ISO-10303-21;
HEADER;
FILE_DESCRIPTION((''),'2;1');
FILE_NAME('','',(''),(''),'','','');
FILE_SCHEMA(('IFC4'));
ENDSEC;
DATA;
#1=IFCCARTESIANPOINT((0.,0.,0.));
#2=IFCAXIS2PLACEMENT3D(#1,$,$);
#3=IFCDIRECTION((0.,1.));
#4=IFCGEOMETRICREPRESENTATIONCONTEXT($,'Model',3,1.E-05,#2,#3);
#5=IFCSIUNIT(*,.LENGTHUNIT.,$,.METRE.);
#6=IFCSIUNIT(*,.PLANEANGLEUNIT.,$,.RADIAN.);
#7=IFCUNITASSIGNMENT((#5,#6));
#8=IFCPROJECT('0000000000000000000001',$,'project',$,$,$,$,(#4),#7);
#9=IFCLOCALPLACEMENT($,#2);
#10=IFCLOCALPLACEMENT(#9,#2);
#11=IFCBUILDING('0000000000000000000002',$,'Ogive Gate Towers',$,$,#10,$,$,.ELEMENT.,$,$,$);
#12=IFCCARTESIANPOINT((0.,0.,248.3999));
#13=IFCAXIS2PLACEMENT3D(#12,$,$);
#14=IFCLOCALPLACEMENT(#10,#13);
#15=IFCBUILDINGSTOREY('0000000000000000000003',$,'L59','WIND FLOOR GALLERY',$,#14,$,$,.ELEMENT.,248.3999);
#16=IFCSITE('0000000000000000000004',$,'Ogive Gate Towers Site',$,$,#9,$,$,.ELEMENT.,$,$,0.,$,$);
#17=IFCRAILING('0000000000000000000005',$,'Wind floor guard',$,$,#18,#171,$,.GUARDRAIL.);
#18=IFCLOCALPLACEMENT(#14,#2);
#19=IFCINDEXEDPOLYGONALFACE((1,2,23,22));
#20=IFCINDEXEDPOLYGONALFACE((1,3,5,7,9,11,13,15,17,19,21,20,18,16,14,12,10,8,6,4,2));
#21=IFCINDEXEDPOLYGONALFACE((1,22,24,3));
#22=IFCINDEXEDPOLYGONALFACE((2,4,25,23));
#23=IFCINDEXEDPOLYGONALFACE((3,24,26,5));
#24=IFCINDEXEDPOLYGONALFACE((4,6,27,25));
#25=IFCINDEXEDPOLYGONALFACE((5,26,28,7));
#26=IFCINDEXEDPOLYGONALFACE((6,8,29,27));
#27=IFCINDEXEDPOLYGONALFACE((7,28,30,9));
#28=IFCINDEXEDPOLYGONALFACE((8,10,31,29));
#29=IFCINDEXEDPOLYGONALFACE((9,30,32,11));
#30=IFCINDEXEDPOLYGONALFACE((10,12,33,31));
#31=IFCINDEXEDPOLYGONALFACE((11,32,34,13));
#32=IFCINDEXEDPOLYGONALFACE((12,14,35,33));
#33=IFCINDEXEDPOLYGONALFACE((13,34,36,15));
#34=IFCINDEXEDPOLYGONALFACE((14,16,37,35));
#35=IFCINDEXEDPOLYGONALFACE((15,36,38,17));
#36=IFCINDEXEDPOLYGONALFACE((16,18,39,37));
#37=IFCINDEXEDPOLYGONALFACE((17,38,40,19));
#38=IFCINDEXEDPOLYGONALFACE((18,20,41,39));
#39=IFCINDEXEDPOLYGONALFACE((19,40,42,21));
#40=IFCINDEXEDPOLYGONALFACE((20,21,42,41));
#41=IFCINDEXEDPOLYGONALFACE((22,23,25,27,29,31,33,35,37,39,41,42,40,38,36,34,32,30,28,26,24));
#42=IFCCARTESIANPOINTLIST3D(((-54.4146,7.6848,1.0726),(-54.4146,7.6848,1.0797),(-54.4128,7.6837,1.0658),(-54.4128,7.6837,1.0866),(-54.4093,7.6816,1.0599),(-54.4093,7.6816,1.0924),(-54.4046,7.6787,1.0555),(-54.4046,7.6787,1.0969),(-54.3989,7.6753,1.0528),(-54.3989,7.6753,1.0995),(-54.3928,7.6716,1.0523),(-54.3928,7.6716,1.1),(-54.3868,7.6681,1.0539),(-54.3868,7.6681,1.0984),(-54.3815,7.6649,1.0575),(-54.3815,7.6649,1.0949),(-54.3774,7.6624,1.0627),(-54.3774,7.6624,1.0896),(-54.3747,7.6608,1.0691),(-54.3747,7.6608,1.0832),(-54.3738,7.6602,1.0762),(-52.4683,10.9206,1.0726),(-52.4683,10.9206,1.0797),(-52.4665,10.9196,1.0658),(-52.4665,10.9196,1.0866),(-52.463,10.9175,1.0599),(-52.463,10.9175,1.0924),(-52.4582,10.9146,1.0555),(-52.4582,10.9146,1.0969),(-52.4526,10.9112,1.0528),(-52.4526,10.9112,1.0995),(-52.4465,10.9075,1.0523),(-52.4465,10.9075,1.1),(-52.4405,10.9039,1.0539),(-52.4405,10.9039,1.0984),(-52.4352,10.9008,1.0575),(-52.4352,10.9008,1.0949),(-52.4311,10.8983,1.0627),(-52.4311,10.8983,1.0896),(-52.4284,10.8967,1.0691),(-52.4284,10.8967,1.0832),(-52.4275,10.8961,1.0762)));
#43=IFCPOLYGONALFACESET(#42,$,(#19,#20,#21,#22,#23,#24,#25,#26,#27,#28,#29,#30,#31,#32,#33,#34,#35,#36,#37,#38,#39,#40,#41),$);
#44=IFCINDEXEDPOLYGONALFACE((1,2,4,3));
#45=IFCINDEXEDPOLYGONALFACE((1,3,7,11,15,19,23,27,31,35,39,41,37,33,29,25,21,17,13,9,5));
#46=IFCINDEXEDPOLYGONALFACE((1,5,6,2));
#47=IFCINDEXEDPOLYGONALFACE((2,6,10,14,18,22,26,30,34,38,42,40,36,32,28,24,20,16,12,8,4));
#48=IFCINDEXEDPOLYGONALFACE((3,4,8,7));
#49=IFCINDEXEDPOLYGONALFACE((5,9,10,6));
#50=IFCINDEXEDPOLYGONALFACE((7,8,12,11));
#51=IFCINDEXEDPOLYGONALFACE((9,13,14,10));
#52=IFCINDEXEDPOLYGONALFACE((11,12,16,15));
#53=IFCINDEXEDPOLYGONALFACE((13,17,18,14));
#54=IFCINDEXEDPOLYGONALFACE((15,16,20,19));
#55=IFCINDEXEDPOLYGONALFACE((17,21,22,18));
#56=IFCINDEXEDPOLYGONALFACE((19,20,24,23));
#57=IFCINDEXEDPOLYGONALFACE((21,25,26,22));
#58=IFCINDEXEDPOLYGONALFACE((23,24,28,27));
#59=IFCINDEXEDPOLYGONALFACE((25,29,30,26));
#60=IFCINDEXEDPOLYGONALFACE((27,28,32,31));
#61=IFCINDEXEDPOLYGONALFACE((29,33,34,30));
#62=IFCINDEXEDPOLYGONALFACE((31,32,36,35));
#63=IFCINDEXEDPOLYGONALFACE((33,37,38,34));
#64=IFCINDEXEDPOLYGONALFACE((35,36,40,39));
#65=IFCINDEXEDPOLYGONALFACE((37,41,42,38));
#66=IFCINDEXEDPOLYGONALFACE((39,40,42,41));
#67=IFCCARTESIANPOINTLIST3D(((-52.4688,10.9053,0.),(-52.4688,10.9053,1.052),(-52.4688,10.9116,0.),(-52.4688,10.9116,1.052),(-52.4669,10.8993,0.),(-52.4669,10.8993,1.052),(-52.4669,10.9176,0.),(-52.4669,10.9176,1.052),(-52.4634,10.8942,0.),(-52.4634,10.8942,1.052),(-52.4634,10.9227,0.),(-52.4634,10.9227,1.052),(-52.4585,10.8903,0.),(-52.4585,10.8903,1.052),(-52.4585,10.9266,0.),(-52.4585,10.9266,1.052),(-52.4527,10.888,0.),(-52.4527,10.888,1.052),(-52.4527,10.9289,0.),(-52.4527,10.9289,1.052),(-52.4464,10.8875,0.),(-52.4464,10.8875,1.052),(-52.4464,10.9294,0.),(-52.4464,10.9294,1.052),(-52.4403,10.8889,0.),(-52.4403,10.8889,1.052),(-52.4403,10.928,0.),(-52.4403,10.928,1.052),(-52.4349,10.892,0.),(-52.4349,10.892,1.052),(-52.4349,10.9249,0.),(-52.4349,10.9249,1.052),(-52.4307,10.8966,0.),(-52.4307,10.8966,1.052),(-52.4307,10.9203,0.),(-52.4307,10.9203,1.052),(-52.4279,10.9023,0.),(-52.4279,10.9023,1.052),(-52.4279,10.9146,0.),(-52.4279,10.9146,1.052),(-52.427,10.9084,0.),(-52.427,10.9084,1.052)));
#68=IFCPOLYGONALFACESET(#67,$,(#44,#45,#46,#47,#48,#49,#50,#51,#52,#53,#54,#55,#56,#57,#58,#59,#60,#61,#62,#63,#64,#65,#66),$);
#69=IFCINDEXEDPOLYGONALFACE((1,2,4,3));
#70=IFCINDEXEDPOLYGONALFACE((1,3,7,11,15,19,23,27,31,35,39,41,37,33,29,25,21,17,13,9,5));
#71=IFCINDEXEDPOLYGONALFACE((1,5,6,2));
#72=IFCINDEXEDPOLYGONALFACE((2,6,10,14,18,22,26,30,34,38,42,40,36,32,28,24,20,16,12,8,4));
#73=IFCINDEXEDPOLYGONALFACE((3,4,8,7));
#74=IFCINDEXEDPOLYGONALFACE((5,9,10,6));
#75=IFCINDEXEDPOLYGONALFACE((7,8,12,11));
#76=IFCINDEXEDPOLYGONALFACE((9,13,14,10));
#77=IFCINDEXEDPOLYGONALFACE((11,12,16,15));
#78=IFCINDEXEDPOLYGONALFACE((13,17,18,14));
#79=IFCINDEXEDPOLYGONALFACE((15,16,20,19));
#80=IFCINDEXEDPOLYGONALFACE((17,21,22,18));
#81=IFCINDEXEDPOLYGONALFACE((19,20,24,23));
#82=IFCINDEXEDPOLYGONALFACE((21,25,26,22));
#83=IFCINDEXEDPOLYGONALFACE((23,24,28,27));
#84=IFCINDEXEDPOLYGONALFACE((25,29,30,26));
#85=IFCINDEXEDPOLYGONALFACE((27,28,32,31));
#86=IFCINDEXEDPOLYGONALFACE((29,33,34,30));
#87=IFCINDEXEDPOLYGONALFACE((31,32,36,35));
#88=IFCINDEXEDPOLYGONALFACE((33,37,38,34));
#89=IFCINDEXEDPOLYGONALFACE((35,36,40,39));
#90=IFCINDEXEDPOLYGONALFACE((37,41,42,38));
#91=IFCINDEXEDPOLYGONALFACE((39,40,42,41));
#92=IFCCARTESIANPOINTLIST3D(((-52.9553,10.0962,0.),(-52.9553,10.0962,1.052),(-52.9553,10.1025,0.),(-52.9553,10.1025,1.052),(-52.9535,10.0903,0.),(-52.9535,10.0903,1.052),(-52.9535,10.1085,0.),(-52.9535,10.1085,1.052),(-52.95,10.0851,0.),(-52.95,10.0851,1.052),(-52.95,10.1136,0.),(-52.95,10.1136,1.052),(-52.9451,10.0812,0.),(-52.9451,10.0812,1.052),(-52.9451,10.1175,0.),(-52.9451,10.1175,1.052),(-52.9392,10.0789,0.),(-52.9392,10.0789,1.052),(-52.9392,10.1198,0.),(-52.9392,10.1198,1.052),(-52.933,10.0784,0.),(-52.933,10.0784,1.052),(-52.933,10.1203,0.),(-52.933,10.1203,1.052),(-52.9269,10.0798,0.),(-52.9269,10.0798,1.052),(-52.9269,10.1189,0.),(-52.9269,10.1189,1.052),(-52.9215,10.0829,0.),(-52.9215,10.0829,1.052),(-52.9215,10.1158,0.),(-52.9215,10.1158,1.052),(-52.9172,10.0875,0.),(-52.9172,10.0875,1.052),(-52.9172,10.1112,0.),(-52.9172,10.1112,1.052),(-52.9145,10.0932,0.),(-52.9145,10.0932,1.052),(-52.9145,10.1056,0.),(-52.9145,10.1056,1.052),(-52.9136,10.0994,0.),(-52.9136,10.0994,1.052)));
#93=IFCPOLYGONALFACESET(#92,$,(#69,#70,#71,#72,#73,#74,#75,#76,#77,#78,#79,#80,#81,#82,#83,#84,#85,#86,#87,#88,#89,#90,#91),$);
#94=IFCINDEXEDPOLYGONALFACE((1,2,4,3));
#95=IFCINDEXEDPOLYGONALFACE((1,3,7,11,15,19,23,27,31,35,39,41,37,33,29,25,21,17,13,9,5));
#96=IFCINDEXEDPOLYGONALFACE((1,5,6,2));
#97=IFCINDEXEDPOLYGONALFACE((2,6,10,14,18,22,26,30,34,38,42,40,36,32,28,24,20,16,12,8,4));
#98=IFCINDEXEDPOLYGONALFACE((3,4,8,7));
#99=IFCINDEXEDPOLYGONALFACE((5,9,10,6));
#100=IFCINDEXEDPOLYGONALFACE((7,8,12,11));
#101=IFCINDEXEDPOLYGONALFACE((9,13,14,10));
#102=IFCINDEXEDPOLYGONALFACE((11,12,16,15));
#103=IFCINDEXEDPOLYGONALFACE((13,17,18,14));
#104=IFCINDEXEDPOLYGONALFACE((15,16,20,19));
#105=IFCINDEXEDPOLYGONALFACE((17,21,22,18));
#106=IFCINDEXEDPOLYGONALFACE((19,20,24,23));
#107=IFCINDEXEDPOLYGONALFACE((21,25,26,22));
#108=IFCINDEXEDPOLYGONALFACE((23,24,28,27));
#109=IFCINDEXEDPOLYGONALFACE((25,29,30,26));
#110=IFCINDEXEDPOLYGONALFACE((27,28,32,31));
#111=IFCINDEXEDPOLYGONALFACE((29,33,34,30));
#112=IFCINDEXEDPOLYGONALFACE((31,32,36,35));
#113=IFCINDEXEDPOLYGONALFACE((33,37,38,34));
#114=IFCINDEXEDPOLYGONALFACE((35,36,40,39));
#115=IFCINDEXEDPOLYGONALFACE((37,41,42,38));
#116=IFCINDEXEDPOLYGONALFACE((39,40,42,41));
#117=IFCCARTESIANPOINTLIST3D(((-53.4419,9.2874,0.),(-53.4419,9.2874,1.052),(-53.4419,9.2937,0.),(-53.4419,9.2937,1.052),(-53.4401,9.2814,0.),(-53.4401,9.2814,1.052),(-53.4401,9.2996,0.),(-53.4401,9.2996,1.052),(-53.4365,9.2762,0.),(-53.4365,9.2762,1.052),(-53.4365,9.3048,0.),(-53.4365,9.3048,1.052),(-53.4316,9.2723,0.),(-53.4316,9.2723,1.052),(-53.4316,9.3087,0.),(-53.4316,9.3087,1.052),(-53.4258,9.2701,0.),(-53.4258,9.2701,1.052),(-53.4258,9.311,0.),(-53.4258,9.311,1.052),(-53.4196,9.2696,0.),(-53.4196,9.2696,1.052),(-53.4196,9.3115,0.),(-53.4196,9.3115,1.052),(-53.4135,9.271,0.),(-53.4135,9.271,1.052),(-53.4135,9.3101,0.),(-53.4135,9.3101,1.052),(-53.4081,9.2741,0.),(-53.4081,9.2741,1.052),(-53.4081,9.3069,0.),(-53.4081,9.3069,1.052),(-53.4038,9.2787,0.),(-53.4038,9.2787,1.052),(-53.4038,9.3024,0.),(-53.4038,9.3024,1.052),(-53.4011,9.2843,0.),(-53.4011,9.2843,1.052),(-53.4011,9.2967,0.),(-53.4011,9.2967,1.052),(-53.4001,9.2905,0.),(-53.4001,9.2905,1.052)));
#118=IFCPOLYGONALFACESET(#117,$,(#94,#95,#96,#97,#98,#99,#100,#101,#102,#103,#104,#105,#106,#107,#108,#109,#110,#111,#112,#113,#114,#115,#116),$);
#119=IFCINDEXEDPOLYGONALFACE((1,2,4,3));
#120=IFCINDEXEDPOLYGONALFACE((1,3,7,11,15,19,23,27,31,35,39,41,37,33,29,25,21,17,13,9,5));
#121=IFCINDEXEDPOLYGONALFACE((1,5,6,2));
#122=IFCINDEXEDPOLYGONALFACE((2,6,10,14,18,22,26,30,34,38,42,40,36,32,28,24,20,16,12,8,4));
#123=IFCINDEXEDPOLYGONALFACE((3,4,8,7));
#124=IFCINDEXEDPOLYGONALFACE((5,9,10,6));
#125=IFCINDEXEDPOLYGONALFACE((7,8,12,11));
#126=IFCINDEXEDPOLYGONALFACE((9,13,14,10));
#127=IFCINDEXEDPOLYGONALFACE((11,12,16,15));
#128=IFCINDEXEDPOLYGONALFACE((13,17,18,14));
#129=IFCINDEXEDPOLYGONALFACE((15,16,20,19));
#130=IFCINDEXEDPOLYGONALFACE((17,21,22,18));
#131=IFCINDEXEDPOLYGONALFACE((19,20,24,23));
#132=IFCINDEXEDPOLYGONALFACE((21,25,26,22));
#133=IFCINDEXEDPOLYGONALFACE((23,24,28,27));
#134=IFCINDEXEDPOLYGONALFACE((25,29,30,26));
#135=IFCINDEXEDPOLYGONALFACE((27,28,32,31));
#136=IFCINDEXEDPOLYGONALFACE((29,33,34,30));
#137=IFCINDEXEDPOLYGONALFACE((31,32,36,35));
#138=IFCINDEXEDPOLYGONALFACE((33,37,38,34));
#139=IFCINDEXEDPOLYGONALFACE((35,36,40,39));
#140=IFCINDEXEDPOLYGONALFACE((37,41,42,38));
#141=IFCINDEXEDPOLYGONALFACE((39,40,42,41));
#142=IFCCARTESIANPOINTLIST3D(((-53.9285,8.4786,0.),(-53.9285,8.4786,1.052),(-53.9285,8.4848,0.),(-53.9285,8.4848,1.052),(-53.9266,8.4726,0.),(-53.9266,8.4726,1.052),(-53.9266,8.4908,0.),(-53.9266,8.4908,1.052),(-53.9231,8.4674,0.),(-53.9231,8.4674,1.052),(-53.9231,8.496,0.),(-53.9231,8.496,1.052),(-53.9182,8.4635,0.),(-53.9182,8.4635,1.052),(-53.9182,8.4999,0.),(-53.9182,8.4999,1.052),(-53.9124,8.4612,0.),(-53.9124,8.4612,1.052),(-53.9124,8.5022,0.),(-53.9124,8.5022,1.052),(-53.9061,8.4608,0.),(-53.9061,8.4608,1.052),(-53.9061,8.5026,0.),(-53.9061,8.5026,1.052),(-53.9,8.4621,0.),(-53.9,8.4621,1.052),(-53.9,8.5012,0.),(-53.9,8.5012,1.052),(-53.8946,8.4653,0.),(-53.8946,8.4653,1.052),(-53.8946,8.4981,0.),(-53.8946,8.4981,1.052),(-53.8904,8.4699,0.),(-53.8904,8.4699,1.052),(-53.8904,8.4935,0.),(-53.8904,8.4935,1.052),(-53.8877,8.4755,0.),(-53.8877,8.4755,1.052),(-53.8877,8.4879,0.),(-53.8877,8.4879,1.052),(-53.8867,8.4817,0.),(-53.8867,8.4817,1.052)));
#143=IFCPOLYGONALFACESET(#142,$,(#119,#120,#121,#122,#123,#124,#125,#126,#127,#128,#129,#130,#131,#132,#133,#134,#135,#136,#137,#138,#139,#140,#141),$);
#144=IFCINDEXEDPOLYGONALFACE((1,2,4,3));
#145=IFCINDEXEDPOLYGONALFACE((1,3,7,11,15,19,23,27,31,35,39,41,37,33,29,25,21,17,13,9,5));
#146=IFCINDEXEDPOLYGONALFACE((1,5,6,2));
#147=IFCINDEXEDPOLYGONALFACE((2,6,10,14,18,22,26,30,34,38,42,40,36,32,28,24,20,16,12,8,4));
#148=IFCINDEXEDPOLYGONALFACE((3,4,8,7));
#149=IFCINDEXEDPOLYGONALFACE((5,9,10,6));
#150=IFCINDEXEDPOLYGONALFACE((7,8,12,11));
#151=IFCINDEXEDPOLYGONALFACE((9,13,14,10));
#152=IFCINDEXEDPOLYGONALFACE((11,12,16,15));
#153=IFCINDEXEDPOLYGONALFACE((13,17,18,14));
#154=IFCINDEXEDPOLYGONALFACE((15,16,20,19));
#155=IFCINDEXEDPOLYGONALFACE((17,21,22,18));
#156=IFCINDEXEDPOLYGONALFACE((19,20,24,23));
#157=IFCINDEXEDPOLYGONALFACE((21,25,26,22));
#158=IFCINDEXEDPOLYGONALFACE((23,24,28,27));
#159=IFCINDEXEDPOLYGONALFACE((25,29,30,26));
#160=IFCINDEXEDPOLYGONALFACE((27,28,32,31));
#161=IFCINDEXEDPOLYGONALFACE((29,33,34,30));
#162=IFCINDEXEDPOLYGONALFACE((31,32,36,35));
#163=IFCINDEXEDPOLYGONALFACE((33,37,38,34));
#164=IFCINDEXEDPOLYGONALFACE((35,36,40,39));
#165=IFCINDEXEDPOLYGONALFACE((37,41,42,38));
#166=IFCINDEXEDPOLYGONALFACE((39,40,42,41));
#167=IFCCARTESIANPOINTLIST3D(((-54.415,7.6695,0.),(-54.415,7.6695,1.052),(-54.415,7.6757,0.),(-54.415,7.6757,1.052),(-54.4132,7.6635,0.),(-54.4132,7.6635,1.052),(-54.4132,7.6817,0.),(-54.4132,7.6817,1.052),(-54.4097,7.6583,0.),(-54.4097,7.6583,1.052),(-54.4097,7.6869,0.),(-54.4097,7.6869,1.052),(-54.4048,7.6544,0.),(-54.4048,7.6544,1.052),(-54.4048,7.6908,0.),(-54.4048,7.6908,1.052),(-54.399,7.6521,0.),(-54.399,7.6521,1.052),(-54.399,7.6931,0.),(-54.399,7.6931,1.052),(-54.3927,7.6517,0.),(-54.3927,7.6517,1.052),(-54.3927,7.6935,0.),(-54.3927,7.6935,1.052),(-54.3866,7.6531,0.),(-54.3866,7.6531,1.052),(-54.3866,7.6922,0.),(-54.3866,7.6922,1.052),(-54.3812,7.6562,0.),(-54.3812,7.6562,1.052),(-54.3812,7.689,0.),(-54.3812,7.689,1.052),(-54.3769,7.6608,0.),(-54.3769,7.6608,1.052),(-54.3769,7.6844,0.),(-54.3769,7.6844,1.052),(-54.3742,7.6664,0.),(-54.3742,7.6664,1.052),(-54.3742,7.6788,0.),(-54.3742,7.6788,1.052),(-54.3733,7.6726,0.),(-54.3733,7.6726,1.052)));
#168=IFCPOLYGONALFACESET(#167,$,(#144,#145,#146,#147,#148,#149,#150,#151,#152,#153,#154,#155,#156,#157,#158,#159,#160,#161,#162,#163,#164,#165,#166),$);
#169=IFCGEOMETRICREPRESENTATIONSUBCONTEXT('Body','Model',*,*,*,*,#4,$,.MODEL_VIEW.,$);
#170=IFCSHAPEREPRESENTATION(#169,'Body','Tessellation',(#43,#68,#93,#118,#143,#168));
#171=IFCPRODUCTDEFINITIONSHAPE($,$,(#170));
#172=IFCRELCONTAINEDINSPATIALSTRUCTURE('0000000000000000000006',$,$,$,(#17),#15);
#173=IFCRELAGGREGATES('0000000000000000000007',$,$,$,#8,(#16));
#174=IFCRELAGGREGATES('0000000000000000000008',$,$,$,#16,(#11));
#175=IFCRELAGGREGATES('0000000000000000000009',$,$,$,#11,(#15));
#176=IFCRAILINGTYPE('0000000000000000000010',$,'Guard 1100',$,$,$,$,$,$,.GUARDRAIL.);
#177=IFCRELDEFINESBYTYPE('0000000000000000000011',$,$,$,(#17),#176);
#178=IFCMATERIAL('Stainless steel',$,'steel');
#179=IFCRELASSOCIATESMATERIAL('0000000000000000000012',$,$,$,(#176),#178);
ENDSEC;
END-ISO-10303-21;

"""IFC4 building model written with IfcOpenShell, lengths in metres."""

from ifc_helpers import new_model, si_unit, direction, frame, origin, origin_2d, place, context, subcontext, project, spatial, circle, extrude, material, type_object, element, save


model = new_model("IFC4")

# Units and contexts
model_context = context("Model", 3, precision=1e-05, world=origin(), true_north=direction((0.0, 1.0)))
body_context = subcontext(model_context, "Body", "Model", "MODEL_VIEW")
ifc_project = project(units=[si_unit("LENGTHUNIT", "METRE"), si_unit("PLANEANGLEUNIT", "RADIAN")], contexts=[model_context])

# Site, building, storey
site_placement = place(None, origin())
site = spatial("IfcSite", under=ifc_project, at=site_placement, Name="Ogive Gate Towers Site", CompositionType="ELEMENT", RefElevation=0.0)
building_placement = place(site_placement, origin())
building = spatial("IfcBuilding", under=site, at=building_placement, Name="Ogive Gate Towers", CompositionType="ELEMENT")
storey_placement = place(building_placement, frame((0.0, 0.0, 248.3999)))
storey = spatial("IfcBuildingStorey", under=building, at=storey_placement, Name="L59", Description="WIND FLOOR GALLERY", CompositionType="ELEMENT", Elevation=248.3999)

# Railing
ifc_material_1 = material(Name="Stainless steel", Category="steel")
railing_type_1 = type_object("IfcRailingType", Name="Guard 1100", PredefinedType="GUARDRAIL", material=ifc_material_1)
railing_1_placement = place(storey_placement, frame((-52.448, 10.9084, 0.0)))
element("IfcRailing", 1, at=railing_1_placement, inside=storey, type_object=railing_type_1, Name="Wind floor guard", PredefinedType="GUARDRAIL", context=body_context, shape_type="SweptSolid", body=[
    extrude(circle(Radius=0.0239, at=origin_2d()), frame((0.0, 0.0, 1.0762), z_axis=(-0.515427, -0.856933, 0.0), x_axis=(0.856933, -0.515427, 0.0)), (0.0, 0.0, 1.0), 3.7761),
    extrude(circle(Radius=0.021, at=origin_2d()), origin(), (0.0, 0.0, 1.0), 1.052),
    extrude(circle(Radius=0.021, at=origin_2d()), frame((-0.4866, -0.8091, 0.0)), (0.0, 0.0, 1.0), 1.052),
    extrude(circle(Radius=0.021, at=origin_2d()), frame((-0.9731, -1.6179, 0.0)), (0.0, 0.0, 1.0), 1.052),
    extrude(circle(Radius=0.021, at=origin_2d()), frame((-1.4597, -2.4268, 0.0)), (0.0, 0.0, 1.0), 1.052),
    extrude(circle(Radius=0.021, at=origin_2d()), frame((-1.9463, -3.2358, 0.0)), (0.0, 0.0, 1.0), 1.052),
])

save(model, "model.ifc")
